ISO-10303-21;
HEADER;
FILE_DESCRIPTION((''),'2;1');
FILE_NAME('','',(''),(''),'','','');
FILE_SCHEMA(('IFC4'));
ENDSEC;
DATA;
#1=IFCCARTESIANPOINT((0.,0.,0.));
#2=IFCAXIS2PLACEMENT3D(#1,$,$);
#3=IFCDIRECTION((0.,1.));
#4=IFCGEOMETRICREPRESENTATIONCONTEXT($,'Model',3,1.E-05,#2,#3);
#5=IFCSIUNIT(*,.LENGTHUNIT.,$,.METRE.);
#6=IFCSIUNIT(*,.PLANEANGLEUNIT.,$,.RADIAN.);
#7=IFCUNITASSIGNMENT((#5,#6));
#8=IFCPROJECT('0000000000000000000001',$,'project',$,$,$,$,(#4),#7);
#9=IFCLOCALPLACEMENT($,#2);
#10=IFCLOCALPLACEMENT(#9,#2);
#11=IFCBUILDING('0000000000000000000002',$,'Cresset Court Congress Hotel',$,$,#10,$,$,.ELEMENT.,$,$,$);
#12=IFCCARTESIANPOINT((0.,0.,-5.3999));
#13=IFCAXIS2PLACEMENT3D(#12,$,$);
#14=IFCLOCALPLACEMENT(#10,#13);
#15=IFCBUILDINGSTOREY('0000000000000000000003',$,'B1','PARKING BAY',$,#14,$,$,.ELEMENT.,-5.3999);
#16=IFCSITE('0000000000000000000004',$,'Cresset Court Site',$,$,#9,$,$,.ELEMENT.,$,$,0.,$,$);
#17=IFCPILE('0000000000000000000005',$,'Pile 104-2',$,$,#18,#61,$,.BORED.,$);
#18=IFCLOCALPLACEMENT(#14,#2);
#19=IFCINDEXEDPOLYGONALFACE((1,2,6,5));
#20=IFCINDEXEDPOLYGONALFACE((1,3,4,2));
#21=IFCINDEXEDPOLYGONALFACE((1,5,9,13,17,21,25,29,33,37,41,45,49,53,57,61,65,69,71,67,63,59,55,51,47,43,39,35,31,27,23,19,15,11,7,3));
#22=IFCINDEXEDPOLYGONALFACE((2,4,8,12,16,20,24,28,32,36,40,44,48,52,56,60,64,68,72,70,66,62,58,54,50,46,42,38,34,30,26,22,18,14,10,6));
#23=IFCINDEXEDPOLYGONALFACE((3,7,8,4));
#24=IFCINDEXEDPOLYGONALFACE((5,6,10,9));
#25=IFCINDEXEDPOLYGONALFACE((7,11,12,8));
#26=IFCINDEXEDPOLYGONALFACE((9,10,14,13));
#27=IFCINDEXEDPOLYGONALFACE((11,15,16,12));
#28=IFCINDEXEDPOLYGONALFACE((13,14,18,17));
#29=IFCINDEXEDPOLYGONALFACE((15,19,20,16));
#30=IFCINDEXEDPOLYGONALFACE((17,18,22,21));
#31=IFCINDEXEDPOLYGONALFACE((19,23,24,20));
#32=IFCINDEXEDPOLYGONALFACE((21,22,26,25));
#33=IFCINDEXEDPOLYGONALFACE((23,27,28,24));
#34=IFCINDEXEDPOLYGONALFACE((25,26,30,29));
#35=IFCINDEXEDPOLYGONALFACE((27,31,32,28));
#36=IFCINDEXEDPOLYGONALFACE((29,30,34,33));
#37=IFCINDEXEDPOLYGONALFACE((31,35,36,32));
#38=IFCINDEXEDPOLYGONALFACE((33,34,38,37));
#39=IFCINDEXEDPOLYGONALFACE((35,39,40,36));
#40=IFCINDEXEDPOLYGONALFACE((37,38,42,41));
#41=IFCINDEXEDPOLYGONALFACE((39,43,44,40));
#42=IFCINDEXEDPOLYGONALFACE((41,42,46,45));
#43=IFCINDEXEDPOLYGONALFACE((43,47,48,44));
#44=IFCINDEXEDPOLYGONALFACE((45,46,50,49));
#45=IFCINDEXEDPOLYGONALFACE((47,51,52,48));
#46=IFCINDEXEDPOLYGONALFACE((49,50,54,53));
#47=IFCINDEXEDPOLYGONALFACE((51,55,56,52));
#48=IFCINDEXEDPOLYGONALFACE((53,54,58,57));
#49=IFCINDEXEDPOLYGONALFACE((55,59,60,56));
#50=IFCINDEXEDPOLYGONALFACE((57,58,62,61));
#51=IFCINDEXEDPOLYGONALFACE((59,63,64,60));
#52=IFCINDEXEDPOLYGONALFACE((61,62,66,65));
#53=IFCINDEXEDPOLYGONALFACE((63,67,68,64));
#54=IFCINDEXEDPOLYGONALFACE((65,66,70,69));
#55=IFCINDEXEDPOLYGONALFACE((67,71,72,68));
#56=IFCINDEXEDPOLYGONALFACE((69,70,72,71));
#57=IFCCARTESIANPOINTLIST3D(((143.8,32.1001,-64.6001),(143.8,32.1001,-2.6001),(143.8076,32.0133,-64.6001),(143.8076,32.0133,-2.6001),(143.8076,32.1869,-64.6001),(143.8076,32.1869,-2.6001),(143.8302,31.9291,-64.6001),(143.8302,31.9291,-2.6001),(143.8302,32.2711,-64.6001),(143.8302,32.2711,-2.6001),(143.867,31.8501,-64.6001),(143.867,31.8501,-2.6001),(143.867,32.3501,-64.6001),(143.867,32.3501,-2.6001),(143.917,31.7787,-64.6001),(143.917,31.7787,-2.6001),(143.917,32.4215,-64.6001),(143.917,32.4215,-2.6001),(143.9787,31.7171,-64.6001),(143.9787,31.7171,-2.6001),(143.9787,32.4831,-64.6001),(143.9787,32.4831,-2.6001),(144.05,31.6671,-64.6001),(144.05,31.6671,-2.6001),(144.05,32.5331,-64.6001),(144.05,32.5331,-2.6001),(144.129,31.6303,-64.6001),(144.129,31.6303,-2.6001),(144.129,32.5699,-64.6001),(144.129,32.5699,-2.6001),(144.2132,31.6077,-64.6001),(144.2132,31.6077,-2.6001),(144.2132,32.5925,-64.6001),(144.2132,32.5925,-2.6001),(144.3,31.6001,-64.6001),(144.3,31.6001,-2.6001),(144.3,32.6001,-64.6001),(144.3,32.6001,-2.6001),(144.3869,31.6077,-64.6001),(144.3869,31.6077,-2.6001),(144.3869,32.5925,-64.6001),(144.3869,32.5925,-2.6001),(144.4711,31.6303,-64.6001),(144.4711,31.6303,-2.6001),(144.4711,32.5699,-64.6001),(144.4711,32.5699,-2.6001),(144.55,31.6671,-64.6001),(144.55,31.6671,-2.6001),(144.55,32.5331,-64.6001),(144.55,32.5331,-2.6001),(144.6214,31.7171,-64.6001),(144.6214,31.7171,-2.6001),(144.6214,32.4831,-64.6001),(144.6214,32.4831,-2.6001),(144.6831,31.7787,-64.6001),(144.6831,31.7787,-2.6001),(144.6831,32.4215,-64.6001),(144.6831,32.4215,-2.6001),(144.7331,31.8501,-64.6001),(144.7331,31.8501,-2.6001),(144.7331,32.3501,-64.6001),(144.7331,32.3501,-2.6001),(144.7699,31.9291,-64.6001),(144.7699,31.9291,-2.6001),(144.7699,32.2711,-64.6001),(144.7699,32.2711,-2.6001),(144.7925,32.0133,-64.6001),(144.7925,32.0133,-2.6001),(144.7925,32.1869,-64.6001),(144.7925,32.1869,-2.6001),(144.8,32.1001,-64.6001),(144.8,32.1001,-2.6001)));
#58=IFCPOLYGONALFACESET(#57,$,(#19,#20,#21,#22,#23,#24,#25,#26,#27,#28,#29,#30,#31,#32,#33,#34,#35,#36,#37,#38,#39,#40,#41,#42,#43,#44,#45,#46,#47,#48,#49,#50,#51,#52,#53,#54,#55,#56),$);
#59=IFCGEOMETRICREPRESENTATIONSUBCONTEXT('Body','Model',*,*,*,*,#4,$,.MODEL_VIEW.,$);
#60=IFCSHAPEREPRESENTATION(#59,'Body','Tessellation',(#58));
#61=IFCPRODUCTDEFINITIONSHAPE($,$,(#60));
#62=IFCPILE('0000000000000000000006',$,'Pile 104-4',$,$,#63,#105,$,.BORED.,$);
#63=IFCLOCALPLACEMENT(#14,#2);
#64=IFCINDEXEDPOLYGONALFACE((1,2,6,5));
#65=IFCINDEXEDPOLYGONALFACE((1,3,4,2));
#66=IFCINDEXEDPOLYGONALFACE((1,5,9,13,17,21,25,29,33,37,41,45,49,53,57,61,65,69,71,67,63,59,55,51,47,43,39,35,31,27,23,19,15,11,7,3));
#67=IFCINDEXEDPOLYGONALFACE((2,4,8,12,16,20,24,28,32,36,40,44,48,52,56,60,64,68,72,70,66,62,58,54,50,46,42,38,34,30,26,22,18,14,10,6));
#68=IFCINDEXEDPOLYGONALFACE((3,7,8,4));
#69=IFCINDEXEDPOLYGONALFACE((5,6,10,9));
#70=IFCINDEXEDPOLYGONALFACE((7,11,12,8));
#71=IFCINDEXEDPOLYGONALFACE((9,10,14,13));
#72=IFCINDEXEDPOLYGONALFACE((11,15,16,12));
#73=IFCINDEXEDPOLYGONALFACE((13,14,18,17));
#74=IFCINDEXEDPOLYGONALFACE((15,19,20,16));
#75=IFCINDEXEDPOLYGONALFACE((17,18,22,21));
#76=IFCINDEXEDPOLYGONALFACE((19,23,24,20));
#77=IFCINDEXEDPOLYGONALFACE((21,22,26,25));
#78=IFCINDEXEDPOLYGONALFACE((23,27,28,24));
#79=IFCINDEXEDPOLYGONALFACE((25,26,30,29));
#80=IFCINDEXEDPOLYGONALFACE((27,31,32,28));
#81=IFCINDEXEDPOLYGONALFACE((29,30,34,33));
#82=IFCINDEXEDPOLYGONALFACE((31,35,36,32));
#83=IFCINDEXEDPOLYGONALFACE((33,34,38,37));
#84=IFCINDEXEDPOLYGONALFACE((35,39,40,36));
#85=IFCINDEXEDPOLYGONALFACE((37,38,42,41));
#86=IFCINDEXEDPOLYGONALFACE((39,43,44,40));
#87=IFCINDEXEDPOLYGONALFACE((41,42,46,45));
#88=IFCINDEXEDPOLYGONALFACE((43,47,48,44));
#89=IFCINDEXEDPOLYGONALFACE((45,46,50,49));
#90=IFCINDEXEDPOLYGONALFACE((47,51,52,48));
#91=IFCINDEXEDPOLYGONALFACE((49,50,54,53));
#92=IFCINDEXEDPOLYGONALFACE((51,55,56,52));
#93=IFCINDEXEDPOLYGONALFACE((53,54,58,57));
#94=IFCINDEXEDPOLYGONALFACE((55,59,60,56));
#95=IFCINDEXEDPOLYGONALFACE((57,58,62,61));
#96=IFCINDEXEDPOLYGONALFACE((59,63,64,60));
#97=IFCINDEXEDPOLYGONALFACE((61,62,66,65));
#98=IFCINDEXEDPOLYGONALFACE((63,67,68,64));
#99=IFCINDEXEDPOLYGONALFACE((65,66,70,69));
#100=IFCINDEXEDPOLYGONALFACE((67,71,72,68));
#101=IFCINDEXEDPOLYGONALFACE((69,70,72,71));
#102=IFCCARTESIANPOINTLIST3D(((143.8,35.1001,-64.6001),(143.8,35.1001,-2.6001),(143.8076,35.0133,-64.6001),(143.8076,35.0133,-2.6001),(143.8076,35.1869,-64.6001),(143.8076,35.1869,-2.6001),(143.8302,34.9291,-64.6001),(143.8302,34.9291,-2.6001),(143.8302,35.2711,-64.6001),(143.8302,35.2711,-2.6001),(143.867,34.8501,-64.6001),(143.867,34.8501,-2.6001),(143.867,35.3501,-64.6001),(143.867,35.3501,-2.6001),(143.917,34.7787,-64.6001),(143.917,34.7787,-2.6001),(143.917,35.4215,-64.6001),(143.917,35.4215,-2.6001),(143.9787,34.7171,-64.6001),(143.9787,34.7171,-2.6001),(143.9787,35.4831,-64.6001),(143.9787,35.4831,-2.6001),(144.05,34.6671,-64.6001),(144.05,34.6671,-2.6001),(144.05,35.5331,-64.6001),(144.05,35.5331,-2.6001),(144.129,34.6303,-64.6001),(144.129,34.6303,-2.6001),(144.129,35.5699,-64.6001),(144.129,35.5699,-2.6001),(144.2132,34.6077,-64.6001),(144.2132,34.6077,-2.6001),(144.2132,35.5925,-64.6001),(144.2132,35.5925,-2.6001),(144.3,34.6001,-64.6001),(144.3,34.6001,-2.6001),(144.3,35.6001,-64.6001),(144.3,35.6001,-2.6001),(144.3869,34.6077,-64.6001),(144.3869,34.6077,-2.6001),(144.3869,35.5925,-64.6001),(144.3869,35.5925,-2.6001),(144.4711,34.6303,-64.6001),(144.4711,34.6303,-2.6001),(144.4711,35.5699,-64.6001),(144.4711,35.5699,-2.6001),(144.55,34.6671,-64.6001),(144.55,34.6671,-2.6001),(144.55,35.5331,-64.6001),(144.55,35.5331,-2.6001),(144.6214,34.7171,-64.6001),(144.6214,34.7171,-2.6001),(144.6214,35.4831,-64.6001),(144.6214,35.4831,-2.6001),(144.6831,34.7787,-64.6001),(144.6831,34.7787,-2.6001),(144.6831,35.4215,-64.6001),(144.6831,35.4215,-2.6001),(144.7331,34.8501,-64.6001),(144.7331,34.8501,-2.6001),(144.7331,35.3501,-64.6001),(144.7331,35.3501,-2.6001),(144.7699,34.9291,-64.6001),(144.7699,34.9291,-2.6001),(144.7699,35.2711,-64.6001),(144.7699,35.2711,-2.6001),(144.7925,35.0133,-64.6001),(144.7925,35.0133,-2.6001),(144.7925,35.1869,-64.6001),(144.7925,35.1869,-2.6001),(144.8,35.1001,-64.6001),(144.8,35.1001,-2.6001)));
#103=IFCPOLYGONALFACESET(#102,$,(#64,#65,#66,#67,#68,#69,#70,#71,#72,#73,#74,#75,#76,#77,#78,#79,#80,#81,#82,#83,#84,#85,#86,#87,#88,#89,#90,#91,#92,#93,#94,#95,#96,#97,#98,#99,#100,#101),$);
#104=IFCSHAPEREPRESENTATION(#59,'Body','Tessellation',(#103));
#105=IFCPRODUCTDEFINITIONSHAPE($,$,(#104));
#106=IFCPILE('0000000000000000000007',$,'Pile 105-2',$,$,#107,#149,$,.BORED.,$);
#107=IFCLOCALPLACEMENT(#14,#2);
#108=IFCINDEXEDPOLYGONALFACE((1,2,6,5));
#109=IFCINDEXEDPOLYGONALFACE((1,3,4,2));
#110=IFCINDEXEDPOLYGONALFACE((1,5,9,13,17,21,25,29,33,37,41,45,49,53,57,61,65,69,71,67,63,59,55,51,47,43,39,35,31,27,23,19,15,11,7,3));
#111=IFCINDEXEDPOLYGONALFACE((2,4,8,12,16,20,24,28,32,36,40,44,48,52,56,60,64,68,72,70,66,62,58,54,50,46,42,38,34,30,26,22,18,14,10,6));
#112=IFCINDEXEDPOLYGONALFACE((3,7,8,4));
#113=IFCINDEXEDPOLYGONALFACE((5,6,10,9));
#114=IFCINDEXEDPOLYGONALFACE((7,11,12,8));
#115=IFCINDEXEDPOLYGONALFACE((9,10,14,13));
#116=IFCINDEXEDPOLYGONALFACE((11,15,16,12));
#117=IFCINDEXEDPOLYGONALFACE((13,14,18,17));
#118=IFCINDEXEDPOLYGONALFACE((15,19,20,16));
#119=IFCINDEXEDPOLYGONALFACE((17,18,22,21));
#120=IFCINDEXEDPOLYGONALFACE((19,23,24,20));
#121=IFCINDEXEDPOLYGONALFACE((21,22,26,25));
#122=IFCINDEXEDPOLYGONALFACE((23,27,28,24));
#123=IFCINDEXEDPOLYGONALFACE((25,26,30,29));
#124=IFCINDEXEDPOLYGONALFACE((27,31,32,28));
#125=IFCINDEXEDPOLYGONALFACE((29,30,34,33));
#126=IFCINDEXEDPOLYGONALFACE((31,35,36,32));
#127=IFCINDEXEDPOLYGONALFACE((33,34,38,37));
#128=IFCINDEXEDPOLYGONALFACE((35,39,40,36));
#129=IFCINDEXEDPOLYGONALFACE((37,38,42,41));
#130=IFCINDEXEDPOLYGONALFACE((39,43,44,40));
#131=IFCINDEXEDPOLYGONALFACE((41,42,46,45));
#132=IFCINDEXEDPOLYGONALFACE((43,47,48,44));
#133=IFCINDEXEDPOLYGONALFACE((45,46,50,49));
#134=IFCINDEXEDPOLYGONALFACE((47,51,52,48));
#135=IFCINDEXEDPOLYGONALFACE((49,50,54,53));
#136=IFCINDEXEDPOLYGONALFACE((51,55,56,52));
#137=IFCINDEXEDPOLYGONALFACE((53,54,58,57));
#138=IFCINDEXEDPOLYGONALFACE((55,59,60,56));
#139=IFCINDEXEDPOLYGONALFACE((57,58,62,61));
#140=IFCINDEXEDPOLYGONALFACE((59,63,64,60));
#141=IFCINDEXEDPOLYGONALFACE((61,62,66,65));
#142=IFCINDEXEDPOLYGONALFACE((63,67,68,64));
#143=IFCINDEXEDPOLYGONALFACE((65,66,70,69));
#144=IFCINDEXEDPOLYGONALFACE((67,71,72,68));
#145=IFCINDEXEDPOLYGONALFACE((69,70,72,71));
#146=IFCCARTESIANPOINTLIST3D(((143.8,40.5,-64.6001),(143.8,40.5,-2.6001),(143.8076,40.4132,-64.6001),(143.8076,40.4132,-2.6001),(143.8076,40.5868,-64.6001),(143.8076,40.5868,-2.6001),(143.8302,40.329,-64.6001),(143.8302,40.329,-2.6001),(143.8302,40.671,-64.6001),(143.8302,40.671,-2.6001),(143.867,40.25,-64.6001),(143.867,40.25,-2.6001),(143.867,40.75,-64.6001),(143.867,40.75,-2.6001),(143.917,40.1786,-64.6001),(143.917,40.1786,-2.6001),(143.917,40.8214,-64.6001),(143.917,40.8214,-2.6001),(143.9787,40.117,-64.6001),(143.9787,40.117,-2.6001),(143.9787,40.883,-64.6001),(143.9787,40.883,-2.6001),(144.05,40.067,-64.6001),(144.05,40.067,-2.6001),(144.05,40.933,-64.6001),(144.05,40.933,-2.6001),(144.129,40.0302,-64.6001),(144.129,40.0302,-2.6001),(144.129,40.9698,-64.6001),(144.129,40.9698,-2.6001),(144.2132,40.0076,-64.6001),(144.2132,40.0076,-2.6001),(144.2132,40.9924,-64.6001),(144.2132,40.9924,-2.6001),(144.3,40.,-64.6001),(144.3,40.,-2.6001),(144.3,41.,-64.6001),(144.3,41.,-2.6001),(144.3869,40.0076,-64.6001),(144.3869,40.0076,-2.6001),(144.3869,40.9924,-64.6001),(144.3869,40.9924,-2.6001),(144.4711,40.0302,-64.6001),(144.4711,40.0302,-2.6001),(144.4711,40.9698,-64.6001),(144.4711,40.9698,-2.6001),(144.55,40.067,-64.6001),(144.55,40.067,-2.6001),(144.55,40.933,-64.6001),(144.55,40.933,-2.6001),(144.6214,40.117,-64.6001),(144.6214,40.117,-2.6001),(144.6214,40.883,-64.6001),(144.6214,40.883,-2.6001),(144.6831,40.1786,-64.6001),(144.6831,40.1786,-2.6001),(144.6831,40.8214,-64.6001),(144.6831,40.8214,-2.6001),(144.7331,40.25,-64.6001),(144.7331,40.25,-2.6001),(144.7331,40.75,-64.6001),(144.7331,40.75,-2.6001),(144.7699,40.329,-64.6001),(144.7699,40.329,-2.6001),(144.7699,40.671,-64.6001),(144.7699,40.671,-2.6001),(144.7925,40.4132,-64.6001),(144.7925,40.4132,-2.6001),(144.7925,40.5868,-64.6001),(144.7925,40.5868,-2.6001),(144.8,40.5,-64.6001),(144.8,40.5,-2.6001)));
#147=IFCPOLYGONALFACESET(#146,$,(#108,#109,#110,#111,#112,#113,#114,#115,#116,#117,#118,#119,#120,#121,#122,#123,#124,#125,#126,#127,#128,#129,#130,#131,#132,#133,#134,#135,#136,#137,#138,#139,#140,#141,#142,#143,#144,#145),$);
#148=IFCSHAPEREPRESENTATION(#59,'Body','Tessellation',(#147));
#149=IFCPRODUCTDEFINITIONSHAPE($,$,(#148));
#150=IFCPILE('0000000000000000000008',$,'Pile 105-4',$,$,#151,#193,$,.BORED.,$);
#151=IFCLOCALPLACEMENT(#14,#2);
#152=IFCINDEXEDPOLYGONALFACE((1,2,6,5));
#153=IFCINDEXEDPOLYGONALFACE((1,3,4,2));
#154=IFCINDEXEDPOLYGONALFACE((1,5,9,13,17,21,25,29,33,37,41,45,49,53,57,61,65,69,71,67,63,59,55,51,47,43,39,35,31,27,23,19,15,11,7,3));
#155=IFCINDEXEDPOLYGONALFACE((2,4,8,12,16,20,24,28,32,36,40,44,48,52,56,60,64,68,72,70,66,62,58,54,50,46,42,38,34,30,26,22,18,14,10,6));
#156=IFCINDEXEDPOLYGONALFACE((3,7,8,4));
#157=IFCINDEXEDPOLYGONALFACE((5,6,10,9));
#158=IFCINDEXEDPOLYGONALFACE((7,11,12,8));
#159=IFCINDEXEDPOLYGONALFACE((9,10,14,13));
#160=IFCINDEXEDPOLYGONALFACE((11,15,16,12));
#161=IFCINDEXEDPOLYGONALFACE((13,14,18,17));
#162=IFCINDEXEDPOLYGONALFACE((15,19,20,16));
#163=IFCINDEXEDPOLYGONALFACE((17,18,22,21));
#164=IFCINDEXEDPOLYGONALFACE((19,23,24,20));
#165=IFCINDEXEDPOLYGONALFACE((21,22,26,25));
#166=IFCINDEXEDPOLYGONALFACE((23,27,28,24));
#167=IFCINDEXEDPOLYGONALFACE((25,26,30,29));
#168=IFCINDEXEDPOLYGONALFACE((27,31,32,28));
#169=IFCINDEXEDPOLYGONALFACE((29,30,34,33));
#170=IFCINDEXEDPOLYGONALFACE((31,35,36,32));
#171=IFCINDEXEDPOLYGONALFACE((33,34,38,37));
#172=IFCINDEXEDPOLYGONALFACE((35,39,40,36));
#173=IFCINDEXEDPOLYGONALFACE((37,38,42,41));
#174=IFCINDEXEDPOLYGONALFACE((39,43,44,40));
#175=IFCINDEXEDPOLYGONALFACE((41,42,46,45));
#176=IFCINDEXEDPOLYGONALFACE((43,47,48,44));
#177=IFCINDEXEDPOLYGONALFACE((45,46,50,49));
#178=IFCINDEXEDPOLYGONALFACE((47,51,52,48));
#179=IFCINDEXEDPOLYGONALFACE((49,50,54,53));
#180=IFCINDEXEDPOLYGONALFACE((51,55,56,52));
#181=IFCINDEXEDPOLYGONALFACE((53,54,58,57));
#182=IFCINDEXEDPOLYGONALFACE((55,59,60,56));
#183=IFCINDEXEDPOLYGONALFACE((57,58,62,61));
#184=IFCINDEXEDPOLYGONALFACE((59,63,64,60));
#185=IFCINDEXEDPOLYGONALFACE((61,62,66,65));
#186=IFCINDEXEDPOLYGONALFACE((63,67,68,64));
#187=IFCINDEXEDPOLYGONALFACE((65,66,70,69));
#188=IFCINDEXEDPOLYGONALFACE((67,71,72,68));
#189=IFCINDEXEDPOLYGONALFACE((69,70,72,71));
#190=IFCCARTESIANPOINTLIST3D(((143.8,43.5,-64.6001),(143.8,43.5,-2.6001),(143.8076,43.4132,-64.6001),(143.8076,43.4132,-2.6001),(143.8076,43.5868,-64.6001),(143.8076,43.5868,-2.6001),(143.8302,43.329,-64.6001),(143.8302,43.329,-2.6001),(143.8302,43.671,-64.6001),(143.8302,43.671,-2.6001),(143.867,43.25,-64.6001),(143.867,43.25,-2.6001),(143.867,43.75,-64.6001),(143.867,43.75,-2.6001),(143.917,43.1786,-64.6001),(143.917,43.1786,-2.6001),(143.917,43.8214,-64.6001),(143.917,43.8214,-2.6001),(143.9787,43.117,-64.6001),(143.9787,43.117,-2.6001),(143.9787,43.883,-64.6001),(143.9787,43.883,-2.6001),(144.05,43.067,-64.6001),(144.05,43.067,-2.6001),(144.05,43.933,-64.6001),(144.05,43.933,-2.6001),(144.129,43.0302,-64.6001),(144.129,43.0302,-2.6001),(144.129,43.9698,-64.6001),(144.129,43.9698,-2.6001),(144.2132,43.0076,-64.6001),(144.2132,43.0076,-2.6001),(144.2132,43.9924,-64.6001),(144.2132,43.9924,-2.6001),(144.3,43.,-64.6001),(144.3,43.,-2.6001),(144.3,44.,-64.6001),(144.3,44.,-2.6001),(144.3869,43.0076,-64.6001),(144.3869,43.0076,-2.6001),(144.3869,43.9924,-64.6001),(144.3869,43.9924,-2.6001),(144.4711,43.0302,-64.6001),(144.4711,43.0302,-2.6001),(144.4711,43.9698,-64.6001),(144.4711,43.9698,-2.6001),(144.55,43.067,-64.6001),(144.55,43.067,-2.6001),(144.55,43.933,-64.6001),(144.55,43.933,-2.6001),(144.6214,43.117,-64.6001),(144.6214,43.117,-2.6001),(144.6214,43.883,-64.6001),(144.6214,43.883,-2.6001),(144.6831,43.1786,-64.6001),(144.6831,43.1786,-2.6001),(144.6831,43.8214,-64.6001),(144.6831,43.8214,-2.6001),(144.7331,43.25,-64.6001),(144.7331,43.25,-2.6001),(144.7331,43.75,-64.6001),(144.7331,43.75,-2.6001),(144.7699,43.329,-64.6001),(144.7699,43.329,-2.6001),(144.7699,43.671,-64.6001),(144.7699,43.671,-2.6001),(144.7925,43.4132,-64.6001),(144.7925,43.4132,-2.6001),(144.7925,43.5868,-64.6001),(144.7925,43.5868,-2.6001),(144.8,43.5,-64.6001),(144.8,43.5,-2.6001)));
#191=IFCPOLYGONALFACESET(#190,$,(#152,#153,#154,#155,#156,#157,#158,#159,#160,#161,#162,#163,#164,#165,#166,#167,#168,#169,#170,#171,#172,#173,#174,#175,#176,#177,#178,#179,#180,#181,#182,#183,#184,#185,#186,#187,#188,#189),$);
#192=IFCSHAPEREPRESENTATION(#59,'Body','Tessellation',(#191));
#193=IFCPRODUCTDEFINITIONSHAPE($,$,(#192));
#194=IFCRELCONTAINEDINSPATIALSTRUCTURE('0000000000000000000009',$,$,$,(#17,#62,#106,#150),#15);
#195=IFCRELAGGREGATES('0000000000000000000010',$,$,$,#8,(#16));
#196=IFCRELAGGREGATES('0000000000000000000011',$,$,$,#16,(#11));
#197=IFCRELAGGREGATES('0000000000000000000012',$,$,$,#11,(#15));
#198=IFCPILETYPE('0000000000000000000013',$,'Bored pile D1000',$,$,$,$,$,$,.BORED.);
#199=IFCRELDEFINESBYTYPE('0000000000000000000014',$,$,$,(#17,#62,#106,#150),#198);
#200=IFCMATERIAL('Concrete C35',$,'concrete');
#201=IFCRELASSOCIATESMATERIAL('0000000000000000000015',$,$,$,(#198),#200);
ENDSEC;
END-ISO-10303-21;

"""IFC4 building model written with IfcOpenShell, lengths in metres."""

from ifc_helpers import new_model, si_unit, direction, frame, origin, origin_2d, place, context, subcontext, project, spatial, circle, extrude, material, type_object, element, save


model = new_model("IFC4")

# Units and contexts
model_context = context("Model", 3, precision=1e-05, world=origin(), true_north=direction((0.0, 1.0)))
body_context = subcontext(model_context, "Body", "Model", "MODEL_VIEW")
ifc_project = project(units=[si_unit("LENGTHUNIT", "METRE"), si_unit("PLANEANGLEUNIT", "RADIAN")], contexts=[model_context])

# Site, building, storey
site_placement = place(None, origin())
site = spatial("IfcSite", under=ifc_project, at=site_placement, Name="Cresset Court Site", CompositionType="ELEMENT", RefElevation=0.0)
building_placement = place(site_placement, origin())
building = spatial("IfcBuilding", under=site, at=building_placement, Name="Cresset Court Congress Hotel", CompositionType="ELEMENT")
storey_placement = place(building_placement, frame((0.0, 0.0, -5.3999)))
storey = spatial("IfcBuildingStorey", under=building, at=storey_placement, Name="B1", Description="PARKING BAY", CompositionType="ELEMENT", Elevation=-5.3999)

# Piles
ifc_material_1 = material(Name="Concrete C35", Category="concrete")
pile_type = type_object("IfcPileType", Name="Bored pile D1000", PredefinedType="BORED", material=ifc_material_1)
for number, where, z_axis, x_axis, name in (
    (1, (144.3, 32.1001, -2.6001), (0.0, 0.0, -1.0), (1.0, 0.0, 0.0), "Pile 104-2"),
    (2, (144.3, 35.1001, -2.6001), (0.0, 0.0, -1.0), (1.0, 0.0, 0.0), "Pile 104-4"),
    (3, (144.3, 40.5, -2.6001), (0.0, 0.0, -1.0), (1.0, 0.0, 0.0), "Pile 105-2"),
    (4, (144.3, 43.5, -2.6001), (0.0, 0.0, -1.0), (1.0, 0.0, 0.0), "Pile 105-4"),
):
    element("IfcPile", number, at=place(storey_placement, frame(where, z_axis=z_axis, x_axis=x_axis)), inside=storey, type_object=pile_type, Name=name, PredefinedType="BORED", context=body_context, shape_type="SweptSolid", body=[
        extrude(circle(Radius=0.5, at=origin_2d()), origin(), (0.0, 0.0, 1.0), 62.0),
    ])

save(model, "model.ifc")
